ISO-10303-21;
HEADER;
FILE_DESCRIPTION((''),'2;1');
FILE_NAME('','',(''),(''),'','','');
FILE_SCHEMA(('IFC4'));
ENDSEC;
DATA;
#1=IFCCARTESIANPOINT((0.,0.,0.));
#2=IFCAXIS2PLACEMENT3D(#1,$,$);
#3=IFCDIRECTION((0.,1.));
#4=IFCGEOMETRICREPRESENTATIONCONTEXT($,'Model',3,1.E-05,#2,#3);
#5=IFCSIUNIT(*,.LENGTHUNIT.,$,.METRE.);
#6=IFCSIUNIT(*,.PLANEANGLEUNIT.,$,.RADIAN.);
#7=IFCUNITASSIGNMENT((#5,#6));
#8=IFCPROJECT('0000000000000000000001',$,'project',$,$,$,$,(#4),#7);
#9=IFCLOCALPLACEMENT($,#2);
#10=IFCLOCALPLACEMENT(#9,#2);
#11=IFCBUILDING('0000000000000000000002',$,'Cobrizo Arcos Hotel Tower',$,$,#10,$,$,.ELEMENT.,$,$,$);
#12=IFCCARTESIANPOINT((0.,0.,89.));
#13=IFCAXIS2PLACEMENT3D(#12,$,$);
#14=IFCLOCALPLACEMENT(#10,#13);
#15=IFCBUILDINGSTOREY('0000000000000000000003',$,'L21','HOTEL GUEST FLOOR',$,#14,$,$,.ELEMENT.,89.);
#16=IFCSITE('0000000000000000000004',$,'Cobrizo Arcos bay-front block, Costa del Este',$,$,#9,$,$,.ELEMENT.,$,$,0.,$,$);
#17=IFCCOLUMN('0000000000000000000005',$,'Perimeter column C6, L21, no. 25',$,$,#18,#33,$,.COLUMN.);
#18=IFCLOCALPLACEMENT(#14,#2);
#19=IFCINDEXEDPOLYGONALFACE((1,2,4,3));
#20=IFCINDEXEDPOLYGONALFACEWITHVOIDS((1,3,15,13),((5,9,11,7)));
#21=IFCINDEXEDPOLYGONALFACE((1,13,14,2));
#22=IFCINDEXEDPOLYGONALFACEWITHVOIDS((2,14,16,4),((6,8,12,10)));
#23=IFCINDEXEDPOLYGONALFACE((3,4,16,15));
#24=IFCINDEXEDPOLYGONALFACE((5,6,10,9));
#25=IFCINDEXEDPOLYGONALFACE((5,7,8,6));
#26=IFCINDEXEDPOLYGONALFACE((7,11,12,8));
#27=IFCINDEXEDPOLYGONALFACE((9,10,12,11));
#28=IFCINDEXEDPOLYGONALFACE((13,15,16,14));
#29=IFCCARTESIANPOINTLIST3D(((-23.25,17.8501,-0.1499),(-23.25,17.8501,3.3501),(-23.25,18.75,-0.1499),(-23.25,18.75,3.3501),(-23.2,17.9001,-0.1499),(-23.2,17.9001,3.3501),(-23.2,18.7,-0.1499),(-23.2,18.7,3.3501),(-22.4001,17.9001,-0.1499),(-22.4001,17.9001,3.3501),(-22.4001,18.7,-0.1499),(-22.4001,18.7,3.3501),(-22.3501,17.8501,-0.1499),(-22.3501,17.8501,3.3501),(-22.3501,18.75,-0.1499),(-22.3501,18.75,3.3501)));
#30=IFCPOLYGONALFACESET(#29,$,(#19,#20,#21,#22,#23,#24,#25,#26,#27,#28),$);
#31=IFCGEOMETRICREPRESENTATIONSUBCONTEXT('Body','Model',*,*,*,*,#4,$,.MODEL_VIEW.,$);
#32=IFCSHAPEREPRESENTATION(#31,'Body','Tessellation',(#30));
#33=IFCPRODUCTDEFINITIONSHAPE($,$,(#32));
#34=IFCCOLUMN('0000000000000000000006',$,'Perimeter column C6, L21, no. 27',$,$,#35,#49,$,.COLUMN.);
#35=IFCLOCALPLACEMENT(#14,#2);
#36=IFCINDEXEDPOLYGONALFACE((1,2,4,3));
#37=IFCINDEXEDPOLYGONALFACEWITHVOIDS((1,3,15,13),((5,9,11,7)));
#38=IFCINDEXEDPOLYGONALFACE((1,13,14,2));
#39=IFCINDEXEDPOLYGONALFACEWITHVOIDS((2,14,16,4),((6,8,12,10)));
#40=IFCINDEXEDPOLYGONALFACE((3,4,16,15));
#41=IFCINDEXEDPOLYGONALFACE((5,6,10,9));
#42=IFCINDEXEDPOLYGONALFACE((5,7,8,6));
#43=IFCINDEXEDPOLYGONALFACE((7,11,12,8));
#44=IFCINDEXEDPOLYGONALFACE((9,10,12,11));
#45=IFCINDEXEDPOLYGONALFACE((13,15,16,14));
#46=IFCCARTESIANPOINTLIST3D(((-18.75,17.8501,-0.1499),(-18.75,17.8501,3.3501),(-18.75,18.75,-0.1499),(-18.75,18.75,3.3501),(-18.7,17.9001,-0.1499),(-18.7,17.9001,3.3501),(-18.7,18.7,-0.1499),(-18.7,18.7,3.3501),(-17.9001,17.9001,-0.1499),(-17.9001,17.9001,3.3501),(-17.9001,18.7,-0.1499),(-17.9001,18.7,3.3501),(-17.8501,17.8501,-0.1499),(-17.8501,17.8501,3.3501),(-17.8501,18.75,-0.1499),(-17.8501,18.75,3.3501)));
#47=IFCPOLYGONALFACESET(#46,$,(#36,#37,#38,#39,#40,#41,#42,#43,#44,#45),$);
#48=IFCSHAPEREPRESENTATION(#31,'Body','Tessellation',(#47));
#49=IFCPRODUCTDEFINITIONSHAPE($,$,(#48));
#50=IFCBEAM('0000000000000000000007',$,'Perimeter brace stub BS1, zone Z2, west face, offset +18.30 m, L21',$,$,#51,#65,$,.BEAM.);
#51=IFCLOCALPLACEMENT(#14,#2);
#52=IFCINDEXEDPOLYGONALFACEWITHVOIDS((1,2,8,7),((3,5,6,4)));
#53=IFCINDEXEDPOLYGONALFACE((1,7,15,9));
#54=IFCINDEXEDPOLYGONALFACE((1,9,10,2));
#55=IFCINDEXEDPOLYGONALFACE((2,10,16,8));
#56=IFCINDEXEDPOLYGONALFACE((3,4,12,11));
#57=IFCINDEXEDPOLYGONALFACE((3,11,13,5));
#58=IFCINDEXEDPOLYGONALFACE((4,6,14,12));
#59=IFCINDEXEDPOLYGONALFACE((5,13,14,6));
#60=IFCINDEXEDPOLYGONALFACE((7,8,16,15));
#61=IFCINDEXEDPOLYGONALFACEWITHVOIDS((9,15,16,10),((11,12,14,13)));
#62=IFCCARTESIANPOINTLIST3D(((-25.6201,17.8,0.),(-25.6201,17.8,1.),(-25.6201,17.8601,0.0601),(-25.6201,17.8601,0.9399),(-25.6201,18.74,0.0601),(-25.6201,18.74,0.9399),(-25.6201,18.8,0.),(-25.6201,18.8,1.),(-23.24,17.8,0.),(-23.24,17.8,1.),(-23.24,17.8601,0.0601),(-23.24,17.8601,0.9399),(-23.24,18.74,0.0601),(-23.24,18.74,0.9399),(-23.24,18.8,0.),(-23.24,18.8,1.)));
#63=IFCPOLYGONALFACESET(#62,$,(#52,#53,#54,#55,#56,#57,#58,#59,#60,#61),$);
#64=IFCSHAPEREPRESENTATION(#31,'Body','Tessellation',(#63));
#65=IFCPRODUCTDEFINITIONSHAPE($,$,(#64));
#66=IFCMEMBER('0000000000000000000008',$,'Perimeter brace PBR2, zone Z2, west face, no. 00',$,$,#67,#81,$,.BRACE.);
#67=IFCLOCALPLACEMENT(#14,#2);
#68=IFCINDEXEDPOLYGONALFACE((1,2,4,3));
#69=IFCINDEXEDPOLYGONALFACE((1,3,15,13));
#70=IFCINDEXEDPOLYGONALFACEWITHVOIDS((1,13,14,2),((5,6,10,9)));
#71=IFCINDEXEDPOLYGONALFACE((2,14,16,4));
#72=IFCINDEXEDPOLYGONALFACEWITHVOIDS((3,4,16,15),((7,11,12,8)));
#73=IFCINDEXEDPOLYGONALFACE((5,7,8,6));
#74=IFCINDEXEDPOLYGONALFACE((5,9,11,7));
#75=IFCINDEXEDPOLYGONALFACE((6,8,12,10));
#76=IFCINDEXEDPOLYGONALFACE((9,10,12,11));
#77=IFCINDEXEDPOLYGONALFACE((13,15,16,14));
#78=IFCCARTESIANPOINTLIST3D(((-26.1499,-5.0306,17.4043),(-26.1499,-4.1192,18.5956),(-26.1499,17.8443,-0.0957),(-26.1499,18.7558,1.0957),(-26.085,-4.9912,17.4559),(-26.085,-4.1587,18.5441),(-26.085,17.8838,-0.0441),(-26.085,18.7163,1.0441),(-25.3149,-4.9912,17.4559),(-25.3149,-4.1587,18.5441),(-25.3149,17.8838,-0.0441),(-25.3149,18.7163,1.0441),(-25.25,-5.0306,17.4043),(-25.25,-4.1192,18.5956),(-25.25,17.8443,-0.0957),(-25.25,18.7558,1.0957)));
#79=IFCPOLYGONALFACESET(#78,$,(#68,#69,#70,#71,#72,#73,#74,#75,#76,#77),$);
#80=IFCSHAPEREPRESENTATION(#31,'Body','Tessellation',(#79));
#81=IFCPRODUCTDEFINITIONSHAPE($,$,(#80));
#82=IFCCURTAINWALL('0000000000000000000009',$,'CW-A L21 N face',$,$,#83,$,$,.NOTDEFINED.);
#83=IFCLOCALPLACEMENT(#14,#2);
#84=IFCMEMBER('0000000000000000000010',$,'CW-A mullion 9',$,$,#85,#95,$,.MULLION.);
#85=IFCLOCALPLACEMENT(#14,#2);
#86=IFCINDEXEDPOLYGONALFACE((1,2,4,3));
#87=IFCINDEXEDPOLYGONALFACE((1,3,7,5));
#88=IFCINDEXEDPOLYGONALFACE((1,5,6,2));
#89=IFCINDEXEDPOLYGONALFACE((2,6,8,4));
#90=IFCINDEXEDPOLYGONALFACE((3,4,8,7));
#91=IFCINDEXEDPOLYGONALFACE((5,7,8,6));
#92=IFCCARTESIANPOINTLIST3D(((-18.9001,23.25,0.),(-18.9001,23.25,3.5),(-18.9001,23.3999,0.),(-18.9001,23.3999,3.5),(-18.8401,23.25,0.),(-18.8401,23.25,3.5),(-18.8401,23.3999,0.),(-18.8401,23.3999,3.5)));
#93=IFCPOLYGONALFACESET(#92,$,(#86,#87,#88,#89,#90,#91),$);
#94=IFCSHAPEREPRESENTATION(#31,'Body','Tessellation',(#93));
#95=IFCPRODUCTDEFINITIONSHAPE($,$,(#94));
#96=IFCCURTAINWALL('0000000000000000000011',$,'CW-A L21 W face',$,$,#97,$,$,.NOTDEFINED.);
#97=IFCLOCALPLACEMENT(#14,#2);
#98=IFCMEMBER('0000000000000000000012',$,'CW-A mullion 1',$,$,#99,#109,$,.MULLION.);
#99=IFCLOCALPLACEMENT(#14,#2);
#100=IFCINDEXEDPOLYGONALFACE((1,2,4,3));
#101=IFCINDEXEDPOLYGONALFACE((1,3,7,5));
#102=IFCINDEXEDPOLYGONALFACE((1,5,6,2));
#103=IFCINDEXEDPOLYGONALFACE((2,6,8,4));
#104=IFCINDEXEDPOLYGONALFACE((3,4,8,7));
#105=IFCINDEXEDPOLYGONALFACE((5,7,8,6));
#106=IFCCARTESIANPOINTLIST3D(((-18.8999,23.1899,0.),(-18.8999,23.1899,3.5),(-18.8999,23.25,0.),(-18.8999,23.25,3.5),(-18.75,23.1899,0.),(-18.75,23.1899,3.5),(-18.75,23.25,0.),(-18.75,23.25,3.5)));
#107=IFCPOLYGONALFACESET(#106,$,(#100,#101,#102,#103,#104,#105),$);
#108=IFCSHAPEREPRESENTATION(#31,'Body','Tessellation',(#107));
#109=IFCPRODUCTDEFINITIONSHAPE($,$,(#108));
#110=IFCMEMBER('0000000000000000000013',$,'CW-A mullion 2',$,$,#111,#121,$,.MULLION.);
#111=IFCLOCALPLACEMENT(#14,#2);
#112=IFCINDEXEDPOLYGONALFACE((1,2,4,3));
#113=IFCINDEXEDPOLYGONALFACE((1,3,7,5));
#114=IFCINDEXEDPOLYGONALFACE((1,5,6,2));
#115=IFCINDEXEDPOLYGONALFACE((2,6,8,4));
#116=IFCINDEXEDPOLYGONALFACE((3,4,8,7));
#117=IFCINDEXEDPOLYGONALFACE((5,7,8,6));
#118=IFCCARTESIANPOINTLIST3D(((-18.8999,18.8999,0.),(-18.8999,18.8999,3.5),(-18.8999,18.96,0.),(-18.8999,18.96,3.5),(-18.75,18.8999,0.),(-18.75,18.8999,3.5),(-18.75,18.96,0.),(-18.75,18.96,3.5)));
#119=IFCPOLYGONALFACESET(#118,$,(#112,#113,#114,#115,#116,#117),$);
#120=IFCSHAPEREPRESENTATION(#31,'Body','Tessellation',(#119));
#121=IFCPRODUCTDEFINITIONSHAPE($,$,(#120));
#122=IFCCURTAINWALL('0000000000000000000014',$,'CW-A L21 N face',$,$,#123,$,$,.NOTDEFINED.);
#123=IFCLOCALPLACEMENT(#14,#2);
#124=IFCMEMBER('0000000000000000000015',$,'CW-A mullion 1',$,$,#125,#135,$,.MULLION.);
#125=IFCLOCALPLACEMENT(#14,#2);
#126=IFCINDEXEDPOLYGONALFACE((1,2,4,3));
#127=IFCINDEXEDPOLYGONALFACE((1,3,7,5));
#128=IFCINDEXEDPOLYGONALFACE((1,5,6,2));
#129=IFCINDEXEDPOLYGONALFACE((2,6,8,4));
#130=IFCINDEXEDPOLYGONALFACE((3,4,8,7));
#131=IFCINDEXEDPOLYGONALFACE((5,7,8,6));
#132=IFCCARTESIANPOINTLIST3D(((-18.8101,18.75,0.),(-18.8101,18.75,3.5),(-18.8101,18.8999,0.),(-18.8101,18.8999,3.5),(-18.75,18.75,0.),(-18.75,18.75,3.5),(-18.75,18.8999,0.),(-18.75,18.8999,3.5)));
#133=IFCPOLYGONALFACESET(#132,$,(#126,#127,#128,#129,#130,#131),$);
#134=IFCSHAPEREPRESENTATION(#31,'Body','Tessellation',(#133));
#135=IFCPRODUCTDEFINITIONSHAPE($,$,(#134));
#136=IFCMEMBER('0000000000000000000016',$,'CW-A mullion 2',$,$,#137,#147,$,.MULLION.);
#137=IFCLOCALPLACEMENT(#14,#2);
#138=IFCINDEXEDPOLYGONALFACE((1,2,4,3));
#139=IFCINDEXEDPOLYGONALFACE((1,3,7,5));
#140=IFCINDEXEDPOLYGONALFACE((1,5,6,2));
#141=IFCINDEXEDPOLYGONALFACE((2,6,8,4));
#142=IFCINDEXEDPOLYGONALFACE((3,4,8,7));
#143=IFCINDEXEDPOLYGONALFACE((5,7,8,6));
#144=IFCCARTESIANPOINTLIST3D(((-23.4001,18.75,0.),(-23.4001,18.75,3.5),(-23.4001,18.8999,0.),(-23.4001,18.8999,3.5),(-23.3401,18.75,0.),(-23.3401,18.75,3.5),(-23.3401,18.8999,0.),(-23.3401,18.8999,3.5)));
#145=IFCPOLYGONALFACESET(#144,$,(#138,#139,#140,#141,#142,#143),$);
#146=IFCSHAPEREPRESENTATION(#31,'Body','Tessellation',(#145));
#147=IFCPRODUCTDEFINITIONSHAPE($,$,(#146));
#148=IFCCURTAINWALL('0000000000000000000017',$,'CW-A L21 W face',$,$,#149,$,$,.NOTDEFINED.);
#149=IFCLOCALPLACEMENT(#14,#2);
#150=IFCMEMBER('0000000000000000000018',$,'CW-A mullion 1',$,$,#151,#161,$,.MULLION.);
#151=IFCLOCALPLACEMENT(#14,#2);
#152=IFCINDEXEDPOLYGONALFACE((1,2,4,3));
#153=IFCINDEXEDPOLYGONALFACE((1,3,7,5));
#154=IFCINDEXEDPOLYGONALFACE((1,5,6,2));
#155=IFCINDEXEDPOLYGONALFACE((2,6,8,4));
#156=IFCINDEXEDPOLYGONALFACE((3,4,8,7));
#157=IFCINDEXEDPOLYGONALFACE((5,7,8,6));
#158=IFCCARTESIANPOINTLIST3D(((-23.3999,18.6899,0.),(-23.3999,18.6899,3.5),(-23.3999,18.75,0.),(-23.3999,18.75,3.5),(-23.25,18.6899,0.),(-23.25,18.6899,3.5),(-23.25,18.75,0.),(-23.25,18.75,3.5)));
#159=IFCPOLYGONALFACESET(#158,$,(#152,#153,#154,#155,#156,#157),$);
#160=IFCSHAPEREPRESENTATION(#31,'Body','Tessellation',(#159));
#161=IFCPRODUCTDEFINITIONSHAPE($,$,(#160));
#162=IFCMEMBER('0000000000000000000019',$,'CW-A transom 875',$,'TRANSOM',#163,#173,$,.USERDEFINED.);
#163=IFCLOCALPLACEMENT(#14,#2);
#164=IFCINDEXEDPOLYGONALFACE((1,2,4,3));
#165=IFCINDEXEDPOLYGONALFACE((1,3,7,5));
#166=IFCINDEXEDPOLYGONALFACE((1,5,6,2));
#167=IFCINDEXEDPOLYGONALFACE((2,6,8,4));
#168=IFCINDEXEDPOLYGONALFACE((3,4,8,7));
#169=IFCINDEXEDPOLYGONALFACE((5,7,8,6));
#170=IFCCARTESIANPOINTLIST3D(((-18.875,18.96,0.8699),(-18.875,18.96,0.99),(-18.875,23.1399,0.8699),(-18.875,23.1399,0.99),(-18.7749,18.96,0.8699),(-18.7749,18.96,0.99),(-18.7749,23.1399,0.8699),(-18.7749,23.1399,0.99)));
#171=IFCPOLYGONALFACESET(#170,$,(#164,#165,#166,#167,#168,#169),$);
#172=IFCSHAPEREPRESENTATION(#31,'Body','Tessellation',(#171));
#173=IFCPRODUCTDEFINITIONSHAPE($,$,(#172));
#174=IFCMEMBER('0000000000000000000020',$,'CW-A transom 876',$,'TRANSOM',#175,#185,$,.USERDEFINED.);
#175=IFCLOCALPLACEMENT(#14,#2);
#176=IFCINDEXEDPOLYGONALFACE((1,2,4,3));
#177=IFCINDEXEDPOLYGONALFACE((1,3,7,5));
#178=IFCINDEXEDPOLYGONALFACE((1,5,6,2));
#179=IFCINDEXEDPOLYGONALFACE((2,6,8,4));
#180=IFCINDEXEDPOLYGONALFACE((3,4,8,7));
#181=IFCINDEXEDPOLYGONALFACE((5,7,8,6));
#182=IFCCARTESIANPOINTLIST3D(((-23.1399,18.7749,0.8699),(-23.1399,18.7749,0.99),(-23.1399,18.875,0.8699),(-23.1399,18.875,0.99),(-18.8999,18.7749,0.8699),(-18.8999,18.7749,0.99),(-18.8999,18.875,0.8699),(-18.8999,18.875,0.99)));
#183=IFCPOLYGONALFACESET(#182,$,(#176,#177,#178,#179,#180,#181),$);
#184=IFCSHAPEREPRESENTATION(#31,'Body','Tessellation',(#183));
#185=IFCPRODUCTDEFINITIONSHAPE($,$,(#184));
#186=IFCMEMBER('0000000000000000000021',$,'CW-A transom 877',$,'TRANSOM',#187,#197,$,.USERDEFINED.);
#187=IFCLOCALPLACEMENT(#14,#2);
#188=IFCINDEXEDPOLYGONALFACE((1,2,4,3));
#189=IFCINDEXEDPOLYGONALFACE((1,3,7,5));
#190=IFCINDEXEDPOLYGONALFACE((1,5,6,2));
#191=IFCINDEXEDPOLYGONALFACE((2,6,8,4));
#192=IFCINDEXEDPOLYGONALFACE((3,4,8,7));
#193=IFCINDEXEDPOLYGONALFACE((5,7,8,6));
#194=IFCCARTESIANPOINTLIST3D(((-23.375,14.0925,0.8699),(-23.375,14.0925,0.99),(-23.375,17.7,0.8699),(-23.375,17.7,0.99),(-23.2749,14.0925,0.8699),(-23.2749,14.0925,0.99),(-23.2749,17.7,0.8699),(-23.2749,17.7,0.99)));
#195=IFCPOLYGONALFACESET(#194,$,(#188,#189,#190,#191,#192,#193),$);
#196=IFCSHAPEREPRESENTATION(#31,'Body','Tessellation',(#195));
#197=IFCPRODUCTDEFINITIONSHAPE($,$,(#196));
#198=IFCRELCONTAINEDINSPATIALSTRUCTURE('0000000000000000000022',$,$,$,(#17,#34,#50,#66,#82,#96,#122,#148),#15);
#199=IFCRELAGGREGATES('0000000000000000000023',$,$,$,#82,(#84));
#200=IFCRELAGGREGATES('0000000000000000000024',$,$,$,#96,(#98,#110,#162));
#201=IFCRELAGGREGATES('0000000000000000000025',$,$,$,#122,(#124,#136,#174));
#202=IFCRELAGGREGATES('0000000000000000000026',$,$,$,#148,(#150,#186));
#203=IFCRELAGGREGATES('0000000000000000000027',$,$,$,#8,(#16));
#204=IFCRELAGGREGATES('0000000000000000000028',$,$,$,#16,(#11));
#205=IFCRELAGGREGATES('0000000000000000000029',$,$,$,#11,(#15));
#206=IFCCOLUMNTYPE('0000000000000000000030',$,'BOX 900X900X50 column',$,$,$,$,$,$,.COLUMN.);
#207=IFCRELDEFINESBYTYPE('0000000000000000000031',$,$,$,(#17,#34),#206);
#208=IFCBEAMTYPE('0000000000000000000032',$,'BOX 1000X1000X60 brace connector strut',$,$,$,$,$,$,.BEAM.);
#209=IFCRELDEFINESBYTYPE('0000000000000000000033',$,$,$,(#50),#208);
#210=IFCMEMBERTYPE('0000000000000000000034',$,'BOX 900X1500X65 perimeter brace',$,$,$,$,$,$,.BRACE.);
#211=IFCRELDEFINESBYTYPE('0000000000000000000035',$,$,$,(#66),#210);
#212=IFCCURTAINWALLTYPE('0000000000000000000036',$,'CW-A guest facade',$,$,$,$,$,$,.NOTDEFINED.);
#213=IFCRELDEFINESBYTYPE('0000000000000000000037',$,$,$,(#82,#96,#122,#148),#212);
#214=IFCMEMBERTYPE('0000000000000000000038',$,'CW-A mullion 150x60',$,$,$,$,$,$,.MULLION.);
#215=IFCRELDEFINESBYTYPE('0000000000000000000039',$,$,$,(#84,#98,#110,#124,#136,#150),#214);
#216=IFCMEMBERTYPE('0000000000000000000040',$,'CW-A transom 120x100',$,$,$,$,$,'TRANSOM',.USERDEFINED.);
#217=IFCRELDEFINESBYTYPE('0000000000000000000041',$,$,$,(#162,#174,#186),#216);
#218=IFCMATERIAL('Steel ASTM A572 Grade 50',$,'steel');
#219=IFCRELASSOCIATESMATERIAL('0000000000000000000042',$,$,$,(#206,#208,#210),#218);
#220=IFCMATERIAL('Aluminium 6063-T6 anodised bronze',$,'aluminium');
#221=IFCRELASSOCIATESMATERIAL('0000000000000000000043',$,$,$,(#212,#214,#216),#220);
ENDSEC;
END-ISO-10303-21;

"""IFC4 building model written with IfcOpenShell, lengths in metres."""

from ifc_helpers import new_model, si_unit, direction, frame, origin, origin_2d, place, context, subcontext, project, spatial, rectangle, hollow_rectangle, extrude, material, material_profile, profile_set, type_object, element, aggregate, save


model = new_model("IFC4")

# Units and contexts
model_context = context("Model", 3, precision=1e-05, world=origin(), true_north=direction((0.0, 1.0)))
body_context = subcontext(model_context, "Body", "Model", "MODEL_VIEW")
ifc_project = project(units=[si_unit("LENGTHUNIT", "METRE"), si_unit("PLANEANGLEUNIT", "RADIAN")], contexts=[model_context])

# Site, building, storey
site_placement = place(None, origin())
site = spatial("IfcSite", under=ifc_project, at=site_placement, Name="Cobrizo Arcos bay-front block, Costa del Este", CompositionType="ELEMENT", RefElevation=0.0)
building_placement = place(site_placement, origin())
building = spatial("IfcBuilding", under=site, at=building_placement, Name="Cobrizo Arcos Hotel Tower", CompositionType="ELEMENT")
storey_placement = place(building_placement, frame((0.0, 0.0, 89.0)))
storey = spatial("IfcBuildingStorey", under=building, at=storey_placement, Name="L21", Description="HOTEL GUEST FLOOR", CompositionType="ELEMENT", Elevation=89.0)

# Columns
ifc_material_1 = material(Name="Steel ASTM A572 Grade 50", Category="steel")
ifc_material_profile_1 = material_profile(ifc_material_1, hollow_rectangle(XDim=0.8999, YDim=0.8999, WallThickness=0.05, at=origin_2d()), Name="BOX 900X900X50")
ifc_profile_set_1 = profile_set([ifc_material_profile_1], Name="Steel ASTM A572 Grade 50")
column_type = type_object("IfcColumnType", Name="BOX 900X900X50 column", PredefinedType="COLUMN", material=ifc_profile_set_1)
for number, where, z_axis, x_axis, name in (
    (1, (-22.8, 18.3, -0.1499), (0.0, 0.0, 1.0), (1.0, 0.0, 0.0), "Perimeter column C6, L21, no. 25"),
    (2, (-18.3, 18.3, -0.1499), (0.0, 0.0, 1.0), (1.0, 0.0, 0.0), "Perimeter column C6, L21, no. 27"),
):
    element("IfcColumn", number, at=place(storey_placement, frame(where, z_axis=z_axis, x_axis=x_axis)), inside=storey, type_object=column_type, Name=name, PredefinedType="COLUMN", context=body_context, shape_type="SweptSolid", body=[
        extrude(hollow_rectangle(XDim=0.8999, YDim=0.8999, WallThickness=0.05, at=origin_2d()), origin(), (0.0, 0.0, 1.0), 3.5),
    ])

# Beam
ifc_material_profile_2 = material_profile(ifc_material_1, hollow_rectangle(XDim=1.0, YDim=1.0, WallThickness=0.0601, at=origin_2d()), Name="BOX 1000X1000X60")
ifc_profile_set_2 = profile_set([ifc_material_profile_2], Name="Steel ASTM A572 Grade 50")
beam_type_1 = type_object("IfcBeamType", Name="BOX 1000X1000X60 brace connector strut", PredefinedType="BEAM", material=ifc_profile_set_2)
beam_1_placement = place(storey_placement, frame((-23.24, 18.3, 0.5), z_axis=(-1.0, 0.0, 0.0), x_axis=(0.0, -1.0, 0.0)))
element("IfcBeam", 3, at=beam_1_placement, inside=storey, type_object=beam_type_1, Name="Perimeter brace stub BS1, zone Z2, west face, offset +18.30 m, L21", PredefinedType="BEAM", context=body_context, shape_type="SweptSolid", body=[
    extrude(hollow_rectangle(XDim=1.0, YDim=1.0, WallThickness=0.0601, at=origin_2d()), origin(), (0.0, 0.0, 1.0), 2.3801),
])

# Member
ifc_material_profile_3 = material_profile(ifc_material_1, hollow_rectangle(XDim=0.8999, YDim=1.5, WallThickness=0.0649, at=origin_2d()), Name="BOX 900X1500X65")
ifc_profile_set_3 = profile_set([ifc_material_profile_3], Name="Steel ASTM A572 Grade 50")
member_type_1 = type_object("IfcMemberType", Name="BOX 900X1500X65 perimeter brace", PredefinedType="BRACE", material=ifc_profile_set_3)
member_1_placement = place(storey_placement, frame((-25.7, 18.3, 0.5), z_axis=(0.0, -0.794235, 0.607611), x_axis=(1.0, 0.0, 0.0)))
element("IfcMember", 4, at=member_1_placement, inside=storey, type_object=member_type_1, Name="Perimeter brace PBR2, zone Z2, west face, no. 00", PredefinedType="BRACE", context=body_context, shape_type="SweptSolid", body=[
    extrude(hollow_rectangle(XDim=0.8999, YDim=1.5, WallThickness=0.0649, at=origin_2d()), origin(), (0.0, 0.0, 1.0), 28.8013),
])

# Curtain wall, member
ifc_material_2 = material(Name="Aluminium 6063-T6 anodised bronze", Category="aluminium")
curtain_wall_type = type_object("IfcCurtainWallType", Name="CW-A guest facade", PredefinedType="NOTDEFINED", material=ifc_material_2)
curtain_wall_1_placement = place(storey_placement, origin())
curtain_wall_1 = element("IfcCurtainWall", 5, at=curtain_wall_1_placement, inside=storey, type_object=curtain_wall_type, Name="CW-A L21 N face", PredefinedType="NOTDEFINED")
ifc_material_profile_4 = material_profile(ifc_material_2, rectangle(XDim=0.1499, YDim=0.0601, at=origin_2d()), Name="CW-A mullion 150x60")
ifc_profile_set_4 = profile_set([ifc_material_profile_4], Name="Aluminium 6063-T6 anodised bronze")
member_type_2 = type_object("IfcMemberType", Name="CW-A mullion 150x60", PredefinedType="MULLION", material=ifc_profile_set_4)
member_2_placement = place(storey_placement, frame((-18.8701, 23.325, 0.0), z_axis=(0.0, 0.0, 1.0), x_axis=(0.0, 1.0, 0.0)))
member_2 = element("IfcMember", 6, at=member_2_placement, type_object=member_type_2, Name="CW-A mullion 9", PredefinedType="MULLION", context=body_context, shape_type="SweptSolid", body=[
    extrude(rectangle(XDim=0.1499, YDim=0.0601, at=origin_2d()), origin(), (0.0, 0.0, 1.0), 3.5),
])
aggregate(curtain_wall_1, [member_2])

# Curtain walls, members
curtain_wall_2_placement = place(storey_placement, origin())
curtain_wall_2 = element("IfcCurtainWall", 7, at=curtain_wall_2_placement, inside=storey, type_object=curtain_wall_type, Name="CW-A L21 W face", PredefinedType="NOTDEFINED")
member_3_placement = place(storey_placement, frame((-18.825, 23.22, 0.0), z_axis=(0.0, 0.0, 1.0), x_axis=(-1.0, 0.0, 0.0)))
member_3 = element("IfcMember", 8, at=member_3_placement, type_object=member_type_2, Name="CW-A mullion 1", PredefinedType="MULLION", context=body_context, shape_type="SweptSolid", body=[
    extrude(rectangle(XDim=0.1499, YDim=0.0601, at=origin_2d()), origin(), (0.0, 0.0, 1.0), 3.5),
])
member_4_placement = place(storey_placement, frame((-18.825, 18.9299, 0.0), z_axis=(0.0, 0.0, 1.0), x_axis=(-1.0, 0.0, 0.0)))
member_4 = element("IfcMember", 9, at=member_4_placement, type_object=member_type_2, Name="CW-A mullion 2", PredefinedType="MULLION", context=body_context, shape_type="SweptSolid", body=[
    extrude(rectangle(XDim=0.1499, YDim=0.0601, at=origin_2d()), origin(), (0.0, 0.0, 1.0), 3.5),
])
curtain_wall_3_placement = place(storey_placement, origin())
curtain_wall_3 = element("IfcCurtainWall", 10, at=curtain_wall_3_placement, inside=storey, type_object=curtain_wall_type, Name="CW-A L21 N face", PredefinedType="NOTDEFINED")
member_5_placement = place(storey_placement, frame((-18.78, 18.825, 0.0), z_axis=(0.0, 0.0, 1.0), x_axis=(0.0, 1.0, 0.0)))
member_5 = element("IfcMember", 11, at=member_5_placement, type_object=member_type_2, Name="CW-A mullion 1", PredefinedType="MULLION", context=body_context, shape_type="SweptSolid", body=[
    extrude(rectangle(XDim=0.1499, YDim=0.0601, at=origin_2d()), origin(), (0.0, 0.0, 1.0), 3.5),
])
member_6_placement = place(storey_placement, frame((-23.3701, 18.825, 0.0), z_axis=(0.0, 0.0, 1.0), x_axis=(0.0, 1.0, 0.0)))
member_6 = element("IfcMember", 12, at=member_6_placement, type_object=member_type_2, Name="CW-A mullion 2", PredefinedType="MULLION", context=body_context, shape_type="SweptSolid", body=[
    extrude(rectangle(XDim=0.1499, YDim=0.0601, at=origin_2d()), origin(), (0.0, 0.0, 1.0), 3.5),
])

# Curtain wall, member
curtain_wall_4_placement = place(storey_placement, origin())
curtain_wall_4 = element("IfcCurtainWall", 13, at=curtain_wall_4_placement, inside=storey, type_object=curtain_wall_type, Name="CW-A L21 W face", PredefinedType="NOTDEFINED")
member_7_placement = place(storey_placement, frame((-23.325, 18.72, 0.0), z_axis=(0.0, 0.0, 1.0), x_axis=(-1.0, 0.0, 0.0)))
member_7 = element("IfcMember", 14, at=member_7_placement, type_object=member_type_2, Name="CW-A mullion 1", PredefinedType="MULLION", context=body_context, shape_type="SweptSolid", body=[
    extrude(rectangle(XDim=0.1499, YDim=0.0601, at=origin_2d()), origin(), (0.0, 0.0, 1.0), 3.5),
])

# Members
ifc_material_profile_5 = material_profile(ifc_material_2, rectangle(XDim=0.1001, YDim=0.1201, at=origin_2d()), Name="CW-A transom 120x100")
ifc_profile_set_5 = profile_set([ifc_material_profile_5], Name="Aluminium 6063-T6 anodised bronze")
member_type_3 = type_object("IfcMemberType", Name="CW-A transom 120x100", ElementType="TRANSOM", PredefinedType="USERDEFINED", material=ifc_profile_set_5)
member_8_placement = place(storey_placement, frame((-18.825, 23.1399, 0.9299), z_axis=(0.0, -1.0, 0.0), x_axis=(1.0, 0.0, 0.0)))
member_8 = element("IfcMember", 15, at=member_8_placement, type_object=member_type_3, Name="CW-A transom 875", ObjectType="TRANSOM", PredefinedType="USERDEFINED", context=body_context, shape_type="SweptSolid", body=[
    extrude(rectangle(XDim=0.1001, YDim=0.1201, at=origin_2d()), origin(), (0.0, 0.0, 1.0), 4.1799),
])
member_9_placement = place(storey_placement, frame((-18.8999, 18.825, 0.9299), z_axis=(-1.0, 0.0, 0.0), x_axis=(0.0, -1.0, 0.0)))
member_9 = element("IfcMember", 16, at=member_9_placement, type_object=member_type_3, Name="CW-A transom 876", ObjectType="TRANSOM", PredefinedType="USERDEFINED", context=body_context, shape_type="SweptSolid", body=[
    extrude(rectangle(XDim=0.1001, YDim=0.1201, at=origin_2d()), origin(), (0.0, 0.0, 1.0), 4.24),
])
member_10_placement = place(storey_placement, frame((-23.325, 17.7, 0.9299), z_axis=(0.0, -1.0, 0.0), x_axis=(1.0, 0.0, 0.0)))
member_10 = element("IfcMember", 17, at=member_10_placement, type_object=member_type_3, Name="CW-A transom 877", ObjectType="TRANSOM", PredefinedType="USERDEFINED", context=body_context, shape_type="SweptSolid", body=[
    extrude(rectangle(XDim=0.1001, YDim=0.1201, at=origin_2d()), origin(), (0.0, 0.0, 1.0), 3.6074),
])

aggregate(curtain_wall_2, [member_3, member_4, member_8])
aggregate(curtain_wall_3, [member_5, member_6, member_9])
aggregate(curtain_wall_4, [member_7, member_10])

save(model, "model.ifc")
